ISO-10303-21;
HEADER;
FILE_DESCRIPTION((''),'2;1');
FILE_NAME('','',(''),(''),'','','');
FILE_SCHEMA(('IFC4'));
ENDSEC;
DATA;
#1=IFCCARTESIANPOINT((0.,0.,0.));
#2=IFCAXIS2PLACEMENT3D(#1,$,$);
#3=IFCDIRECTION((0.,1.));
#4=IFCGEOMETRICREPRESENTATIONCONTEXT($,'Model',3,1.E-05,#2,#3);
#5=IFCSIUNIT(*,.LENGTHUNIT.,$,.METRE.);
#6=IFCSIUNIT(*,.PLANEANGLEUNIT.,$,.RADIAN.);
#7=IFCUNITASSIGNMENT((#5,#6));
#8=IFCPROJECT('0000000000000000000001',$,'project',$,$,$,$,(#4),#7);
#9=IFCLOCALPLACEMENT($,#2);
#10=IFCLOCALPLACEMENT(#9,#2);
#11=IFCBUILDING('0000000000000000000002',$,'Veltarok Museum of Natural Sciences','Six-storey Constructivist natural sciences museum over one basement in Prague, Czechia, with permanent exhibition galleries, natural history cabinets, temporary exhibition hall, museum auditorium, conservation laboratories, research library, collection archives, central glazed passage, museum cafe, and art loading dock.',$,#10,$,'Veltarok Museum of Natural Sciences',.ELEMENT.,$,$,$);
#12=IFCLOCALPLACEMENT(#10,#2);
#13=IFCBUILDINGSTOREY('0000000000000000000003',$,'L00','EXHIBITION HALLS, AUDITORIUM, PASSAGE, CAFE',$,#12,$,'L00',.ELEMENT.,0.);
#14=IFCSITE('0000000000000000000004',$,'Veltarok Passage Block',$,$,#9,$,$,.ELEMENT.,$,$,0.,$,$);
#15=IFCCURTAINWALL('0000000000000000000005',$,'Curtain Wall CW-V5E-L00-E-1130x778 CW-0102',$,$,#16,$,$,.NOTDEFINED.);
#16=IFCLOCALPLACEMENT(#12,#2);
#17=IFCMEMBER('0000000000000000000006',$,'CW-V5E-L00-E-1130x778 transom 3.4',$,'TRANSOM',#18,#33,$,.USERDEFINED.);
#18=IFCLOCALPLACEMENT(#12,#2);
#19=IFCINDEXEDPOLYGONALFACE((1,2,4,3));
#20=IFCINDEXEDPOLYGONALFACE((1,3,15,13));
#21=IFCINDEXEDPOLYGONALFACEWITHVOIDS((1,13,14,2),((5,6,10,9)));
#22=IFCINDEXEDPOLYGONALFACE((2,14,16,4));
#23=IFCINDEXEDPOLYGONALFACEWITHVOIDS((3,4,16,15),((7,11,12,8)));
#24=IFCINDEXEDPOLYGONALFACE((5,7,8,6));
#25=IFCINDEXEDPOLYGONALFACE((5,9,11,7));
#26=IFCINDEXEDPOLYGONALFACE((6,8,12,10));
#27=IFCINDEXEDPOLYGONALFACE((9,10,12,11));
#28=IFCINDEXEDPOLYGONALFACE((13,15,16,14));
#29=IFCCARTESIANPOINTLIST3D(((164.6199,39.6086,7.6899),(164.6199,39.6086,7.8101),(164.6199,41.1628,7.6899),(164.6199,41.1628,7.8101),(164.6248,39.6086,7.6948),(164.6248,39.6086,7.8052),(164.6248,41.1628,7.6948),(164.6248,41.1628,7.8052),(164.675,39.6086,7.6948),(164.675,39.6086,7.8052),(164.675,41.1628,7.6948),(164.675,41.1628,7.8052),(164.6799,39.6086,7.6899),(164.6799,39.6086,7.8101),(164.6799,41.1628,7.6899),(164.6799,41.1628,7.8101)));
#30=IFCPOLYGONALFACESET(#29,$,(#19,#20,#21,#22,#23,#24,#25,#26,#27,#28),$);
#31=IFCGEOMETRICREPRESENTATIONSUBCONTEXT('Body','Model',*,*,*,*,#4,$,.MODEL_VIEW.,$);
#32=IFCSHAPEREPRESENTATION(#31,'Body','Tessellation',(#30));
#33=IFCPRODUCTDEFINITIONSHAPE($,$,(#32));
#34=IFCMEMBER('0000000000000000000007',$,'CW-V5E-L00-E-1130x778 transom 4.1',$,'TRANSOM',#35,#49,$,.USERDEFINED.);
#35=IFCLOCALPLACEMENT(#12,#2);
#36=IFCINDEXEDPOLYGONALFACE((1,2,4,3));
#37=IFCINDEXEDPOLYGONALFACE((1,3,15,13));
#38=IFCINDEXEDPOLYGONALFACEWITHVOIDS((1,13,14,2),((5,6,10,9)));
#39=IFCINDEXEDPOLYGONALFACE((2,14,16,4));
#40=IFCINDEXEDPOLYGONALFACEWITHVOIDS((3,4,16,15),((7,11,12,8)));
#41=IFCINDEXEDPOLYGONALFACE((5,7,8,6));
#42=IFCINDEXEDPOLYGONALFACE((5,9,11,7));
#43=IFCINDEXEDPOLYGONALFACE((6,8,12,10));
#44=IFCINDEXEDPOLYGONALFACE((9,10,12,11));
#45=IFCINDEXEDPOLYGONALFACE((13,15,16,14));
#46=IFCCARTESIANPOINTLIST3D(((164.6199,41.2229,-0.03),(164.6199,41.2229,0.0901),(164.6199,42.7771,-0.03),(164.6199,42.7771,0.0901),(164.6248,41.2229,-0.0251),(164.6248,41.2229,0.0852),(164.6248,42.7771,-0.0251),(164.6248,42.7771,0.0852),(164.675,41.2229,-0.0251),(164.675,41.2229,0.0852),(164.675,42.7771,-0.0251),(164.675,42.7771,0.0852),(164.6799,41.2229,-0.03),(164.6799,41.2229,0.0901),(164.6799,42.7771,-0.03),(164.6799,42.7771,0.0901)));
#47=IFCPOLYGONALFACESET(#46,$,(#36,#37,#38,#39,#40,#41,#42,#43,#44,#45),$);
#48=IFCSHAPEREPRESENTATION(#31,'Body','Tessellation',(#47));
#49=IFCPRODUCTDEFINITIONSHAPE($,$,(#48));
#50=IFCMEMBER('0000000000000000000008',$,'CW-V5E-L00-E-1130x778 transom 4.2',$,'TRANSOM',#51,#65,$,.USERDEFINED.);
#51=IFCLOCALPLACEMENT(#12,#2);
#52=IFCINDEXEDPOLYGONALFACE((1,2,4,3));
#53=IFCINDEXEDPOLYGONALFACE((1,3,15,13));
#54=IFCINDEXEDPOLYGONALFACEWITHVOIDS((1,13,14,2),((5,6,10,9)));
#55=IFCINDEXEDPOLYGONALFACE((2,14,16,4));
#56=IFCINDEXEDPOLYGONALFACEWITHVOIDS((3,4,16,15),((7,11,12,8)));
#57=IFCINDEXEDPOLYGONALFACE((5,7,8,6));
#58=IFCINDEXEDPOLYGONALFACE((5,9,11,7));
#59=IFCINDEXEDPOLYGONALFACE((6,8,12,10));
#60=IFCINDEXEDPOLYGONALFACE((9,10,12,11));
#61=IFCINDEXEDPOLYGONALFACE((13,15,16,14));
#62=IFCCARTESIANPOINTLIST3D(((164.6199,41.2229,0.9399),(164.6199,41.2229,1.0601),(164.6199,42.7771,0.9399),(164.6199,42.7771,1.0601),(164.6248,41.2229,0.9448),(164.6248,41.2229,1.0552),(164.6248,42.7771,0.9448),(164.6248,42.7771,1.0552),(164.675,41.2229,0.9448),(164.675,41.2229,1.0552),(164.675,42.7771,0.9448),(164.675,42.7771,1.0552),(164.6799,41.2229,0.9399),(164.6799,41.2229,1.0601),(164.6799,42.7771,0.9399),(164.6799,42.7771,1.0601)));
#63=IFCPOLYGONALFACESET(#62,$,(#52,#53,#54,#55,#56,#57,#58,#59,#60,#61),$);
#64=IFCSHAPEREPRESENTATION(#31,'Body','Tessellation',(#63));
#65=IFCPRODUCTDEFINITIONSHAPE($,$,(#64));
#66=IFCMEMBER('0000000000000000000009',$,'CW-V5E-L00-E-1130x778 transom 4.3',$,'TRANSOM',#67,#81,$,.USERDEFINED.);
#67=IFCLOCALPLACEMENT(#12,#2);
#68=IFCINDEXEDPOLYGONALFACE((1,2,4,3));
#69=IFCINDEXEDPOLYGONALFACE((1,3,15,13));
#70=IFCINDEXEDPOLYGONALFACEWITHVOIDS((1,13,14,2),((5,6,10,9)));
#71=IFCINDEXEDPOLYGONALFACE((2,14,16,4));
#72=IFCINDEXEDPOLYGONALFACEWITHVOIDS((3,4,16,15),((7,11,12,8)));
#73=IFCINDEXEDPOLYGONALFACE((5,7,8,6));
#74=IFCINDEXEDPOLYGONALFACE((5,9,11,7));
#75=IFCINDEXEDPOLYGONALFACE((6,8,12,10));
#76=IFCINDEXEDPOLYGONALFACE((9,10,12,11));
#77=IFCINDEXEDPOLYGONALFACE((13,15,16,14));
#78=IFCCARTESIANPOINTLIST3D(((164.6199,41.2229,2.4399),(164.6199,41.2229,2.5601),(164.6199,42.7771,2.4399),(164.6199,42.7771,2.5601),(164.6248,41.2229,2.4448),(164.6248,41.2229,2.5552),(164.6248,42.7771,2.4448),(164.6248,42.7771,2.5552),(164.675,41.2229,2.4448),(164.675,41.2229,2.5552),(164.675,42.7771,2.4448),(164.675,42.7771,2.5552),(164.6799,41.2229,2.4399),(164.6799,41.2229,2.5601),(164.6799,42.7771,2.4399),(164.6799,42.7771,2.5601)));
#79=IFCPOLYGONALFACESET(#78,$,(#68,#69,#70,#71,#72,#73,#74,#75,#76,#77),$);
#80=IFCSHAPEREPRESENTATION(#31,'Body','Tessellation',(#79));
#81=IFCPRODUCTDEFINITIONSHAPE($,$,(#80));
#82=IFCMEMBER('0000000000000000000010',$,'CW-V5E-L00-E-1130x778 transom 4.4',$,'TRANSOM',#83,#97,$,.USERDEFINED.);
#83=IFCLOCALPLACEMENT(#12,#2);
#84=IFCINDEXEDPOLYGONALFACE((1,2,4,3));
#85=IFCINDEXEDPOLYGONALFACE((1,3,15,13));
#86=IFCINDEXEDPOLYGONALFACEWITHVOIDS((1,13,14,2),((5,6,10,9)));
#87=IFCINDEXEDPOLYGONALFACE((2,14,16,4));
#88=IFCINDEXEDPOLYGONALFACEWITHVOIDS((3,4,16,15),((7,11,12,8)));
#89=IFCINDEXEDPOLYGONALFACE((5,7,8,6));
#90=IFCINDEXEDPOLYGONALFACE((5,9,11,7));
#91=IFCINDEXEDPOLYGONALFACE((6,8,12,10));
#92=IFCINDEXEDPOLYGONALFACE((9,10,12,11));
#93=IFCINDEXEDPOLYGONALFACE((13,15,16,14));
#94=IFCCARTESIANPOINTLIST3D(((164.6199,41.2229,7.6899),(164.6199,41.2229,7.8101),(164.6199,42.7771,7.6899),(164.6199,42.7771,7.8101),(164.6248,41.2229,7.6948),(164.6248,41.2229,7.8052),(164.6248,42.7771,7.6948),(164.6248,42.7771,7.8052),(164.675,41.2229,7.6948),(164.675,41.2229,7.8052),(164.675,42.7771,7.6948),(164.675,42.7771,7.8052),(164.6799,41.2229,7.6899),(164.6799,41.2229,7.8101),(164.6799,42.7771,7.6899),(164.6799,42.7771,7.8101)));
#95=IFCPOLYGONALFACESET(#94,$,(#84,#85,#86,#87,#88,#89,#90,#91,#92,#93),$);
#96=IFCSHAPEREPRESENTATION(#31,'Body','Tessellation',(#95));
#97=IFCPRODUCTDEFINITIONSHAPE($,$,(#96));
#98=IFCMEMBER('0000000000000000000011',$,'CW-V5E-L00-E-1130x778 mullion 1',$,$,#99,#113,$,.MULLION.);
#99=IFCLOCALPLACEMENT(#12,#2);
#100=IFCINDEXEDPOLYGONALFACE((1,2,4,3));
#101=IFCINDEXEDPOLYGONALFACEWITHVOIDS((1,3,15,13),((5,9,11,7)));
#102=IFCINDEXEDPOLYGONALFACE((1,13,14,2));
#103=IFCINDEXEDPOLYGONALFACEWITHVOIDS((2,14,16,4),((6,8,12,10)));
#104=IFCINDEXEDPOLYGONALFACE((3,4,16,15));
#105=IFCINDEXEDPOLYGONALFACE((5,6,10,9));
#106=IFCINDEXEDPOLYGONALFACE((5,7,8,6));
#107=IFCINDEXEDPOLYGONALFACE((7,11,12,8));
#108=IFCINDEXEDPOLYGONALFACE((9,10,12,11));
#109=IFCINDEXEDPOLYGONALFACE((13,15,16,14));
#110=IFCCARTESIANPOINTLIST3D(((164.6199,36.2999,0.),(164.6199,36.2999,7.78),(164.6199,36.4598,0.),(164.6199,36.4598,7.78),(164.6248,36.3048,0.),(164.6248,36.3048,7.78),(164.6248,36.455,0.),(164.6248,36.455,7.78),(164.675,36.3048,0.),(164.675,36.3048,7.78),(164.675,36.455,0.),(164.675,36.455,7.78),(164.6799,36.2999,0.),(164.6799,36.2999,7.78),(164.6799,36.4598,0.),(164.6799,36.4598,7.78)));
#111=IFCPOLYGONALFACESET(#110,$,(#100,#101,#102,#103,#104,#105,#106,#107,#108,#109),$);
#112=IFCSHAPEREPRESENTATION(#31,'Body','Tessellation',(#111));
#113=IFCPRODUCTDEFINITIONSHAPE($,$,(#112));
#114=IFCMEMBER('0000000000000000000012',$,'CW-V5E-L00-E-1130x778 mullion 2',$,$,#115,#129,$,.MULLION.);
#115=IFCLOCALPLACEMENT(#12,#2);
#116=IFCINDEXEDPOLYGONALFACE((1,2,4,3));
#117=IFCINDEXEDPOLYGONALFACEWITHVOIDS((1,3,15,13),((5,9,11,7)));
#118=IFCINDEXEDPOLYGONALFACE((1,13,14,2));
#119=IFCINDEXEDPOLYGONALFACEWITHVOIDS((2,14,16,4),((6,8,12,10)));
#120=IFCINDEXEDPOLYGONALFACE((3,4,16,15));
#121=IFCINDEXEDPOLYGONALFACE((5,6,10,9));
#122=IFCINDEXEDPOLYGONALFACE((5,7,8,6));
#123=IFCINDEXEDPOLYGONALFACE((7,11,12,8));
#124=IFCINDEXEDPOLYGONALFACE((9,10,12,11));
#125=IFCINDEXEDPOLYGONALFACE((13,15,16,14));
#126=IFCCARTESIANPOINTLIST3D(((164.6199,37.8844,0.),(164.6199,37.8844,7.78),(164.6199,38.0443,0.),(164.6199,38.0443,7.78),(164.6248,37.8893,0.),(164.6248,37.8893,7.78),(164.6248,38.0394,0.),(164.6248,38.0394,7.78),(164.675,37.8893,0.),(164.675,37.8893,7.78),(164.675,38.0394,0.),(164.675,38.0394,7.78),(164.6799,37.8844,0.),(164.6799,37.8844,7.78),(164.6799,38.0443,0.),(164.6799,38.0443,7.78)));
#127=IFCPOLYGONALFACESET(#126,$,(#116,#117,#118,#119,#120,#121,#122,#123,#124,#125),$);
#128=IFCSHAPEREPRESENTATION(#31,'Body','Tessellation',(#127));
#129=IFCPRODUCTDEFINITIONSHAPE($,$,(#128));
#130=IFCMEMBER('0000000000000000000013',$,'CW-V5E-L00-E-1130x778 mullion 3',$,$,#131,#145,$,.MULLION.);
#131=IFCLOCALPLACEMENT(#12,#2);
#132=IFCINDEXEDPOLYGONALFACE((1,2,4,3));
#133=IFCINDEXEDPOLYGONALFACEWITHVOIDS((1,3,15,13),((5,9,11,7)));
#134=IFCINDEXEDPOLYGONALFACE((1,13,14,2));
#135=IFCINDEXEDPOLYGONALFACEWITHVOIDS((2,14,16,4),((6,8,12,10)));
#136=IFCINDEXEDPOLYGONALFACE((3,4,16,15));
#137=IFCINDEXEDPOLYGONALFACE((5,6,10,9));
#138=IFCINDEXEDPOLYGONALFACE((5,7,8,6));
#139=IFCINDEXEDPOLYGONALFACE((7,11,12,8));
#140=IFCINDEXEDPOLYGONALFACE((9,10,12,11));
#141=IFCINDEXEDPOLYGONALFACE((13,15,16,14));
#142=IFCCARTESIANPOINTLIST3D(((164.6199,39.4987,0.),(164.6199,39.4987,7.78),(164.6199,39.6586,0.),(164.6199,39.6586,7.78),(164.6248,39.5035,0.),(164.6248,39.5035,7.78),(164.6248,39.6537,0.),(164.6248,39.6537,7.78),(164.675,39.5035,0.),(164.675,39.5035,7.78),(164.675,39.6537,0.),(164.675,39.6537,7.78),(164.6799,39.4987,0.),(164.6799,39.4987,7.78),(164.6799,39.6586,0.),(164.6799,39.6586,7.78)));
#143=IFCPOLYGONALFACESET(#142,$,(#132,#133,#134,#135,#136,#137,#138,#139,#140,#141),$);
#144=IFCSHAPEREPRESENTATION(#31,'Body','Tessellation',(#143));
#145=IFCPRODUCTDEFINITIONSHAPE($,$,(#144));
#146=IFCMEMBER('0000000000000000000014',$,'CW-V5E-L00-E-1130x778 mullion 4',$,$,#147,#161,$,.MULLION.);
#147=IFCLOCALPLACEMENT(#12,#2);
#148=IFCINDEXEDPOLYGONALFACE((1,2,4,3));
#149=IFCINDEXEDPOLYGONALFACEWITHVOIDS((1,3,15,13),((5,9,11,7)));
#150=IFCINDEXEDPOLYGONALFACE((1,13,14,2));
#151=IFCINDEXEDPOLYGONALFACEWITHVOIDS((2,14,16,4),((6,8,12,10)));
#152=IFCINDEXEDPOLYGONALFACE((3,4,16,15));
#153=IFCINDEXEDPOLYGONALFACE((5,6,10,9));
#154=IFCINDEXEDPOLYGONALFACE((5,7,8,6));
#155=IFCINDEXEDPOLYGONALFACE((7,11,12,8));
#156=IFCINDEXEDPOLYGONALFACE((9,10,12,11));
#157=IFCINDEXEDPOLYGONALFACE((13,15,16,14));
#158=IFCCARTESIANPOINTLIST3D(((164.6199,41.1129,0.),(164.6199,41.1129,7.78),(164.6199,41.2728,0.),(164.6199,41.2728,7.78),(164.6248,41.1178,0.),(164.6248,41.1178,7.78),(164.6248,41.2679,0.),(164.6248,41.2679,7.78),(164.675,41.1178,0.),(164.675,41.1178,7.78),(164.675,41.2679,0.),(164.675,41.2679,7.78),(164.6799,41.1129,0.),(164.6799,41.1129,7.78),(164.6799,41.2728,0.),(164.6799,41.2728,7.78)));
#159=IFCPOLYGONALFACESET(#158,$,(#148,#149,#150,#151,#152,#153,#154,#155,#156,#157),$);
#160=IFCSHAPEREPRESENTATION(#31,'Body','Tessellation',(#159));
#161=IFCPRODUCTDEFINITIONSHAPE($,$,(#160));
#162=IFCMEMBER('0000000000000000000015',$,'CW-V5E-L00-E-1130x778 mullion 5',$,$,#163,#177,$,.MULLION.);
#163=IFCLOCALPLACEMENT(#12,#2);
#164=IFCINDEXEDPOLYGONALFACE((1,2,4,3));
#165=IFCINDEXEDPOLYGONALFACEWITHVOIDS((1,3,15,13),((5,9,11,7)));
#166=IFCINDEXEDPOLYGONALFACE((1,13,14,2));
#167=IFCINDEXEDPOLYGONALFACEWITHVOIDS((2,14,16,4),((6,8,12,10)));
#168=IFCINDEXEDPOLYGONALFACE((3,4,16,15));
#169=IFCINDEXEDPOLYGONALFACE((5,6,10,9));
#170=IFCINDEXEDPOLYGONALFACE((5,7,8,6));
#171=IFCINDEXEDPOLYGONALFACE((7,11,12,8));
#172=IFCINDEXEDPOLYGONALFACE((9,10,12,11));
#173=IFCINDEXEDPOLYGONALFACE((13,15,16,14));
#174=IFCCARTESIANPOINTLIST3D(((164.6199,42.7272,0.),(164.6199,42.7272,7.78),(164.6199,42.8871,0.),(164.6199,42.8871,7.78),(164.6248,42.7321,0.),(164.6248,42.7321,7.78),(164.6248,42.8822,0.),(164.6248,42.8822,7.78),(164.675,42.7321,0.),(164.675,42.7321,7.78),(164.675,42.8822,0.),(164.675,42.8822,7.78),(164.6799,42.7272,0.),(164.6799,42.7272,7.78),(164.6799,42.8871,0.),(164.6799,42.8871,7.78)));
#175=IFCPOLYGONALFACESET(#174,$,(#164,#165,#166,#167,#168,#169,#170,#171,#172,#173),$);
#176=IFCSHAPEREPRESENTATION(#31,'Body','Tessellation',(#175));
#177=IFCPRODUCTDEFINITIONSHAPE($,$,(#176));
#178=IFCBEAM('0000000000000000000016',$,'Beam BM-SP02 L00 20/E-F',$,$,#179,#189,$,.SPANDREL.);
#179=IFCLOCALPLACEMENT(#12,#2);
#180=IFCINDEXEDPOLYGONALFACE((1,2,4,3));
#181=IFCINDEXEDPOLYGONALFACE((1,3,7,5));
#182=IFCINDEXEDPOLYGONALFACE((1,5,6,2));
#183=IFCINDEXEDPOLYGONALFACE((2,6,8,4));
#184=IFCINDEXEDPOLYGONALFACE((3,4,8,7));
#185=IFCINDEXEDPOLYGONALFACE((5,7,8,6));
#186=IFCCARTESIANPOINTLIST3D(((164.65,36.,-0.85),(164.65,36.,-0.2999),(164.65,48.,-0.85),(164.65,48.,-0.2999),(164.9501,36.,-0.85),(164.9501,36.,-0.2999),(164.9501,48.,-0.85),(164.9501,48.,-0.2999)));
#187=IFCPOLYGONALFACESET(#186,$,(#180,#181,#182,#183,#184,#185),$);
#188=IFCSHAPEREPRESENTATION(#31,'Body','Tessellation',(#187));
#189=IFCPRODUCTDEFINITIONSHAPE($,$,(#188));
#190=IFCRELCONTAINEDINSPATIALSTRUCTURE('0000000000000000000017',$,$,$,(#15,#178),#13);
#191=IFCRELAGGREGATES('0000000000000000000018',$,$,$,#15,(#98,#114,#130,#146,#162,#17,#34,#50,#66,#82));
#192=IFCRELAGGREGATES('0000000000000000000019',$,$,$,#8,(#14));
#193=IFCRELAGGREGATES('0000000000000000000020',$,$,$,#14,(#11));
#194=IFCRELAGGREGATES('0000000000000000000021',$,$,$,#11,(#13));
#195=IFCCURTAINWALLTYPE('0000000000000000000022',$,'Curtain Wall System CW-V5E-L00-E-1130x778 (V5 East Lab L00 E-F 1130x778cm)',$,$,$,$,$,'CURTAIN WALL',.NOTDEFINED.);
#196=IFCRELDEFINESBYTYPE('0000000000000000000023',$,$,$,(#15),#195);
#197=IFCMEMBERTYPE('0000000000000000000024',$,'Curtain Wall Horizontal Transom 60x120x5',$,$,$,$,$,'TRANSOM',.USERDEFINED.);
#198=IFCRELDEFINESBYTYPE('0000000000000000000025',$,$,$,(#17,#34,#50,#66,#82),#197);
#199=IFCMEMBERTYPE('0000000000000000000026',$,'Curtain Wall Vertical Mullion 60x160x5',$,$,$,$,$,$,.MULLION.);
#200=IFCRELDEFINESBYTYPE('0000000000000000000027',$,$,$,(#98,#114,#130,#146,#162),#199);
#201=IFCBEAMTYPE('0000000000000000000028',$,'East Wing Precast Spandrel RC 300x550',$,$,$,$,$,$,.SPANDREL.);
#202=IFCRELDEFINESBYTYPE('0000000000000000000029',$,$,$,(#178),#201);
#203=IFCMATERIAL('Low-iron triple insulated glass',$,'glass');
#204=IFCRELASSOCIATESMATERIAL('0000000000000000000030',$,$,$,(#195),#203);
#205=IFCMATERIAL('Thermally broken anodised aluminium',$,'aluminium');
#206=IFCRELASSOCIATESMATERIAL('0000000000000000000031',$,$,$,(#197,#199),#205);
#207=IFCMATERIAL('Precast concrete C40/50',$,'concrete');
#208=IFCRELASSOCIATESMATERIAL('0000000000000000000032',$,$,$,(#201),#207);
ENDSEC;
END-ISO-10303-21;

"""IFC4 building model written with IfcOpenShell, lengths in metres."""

from ifc_helpers import new_model, si_unit, direction, frame, origin, origin_2d, place, context, subcontext, project, spatial, rectangle, hollow_rectangle, extrude, material, material_profile, profile_set, type_object, element, aggregate, save


model = new_model("IFC4")

# Units and contexts
model_context = context("Model", 3, precision=1e-05, world=origin(), true_north=direction((0.0, 1.0)))
body_context = subcontext(model_context, "Body", "Model", "MODEL_VIEW")
ifc_project = project(units=[si_unit("LENGTHUNIT", "METRE"), si_unit("PLANEANGLEUNIT", "RADIAN")], contexts=[model_context])

# Site, building, storey
site_placement = place(None, origin())
site = spatial("IfcSite", under=ifc_project, at=site_placement, Name="Veltarok Passage Block", CompositionType="ELEMENT", RefElevation=0.0)
building_placement = place(site_placement, origin())
building = spatial("IfcBuilding", under=site, at=building_placement, Name="Veltarok Museum of Natural Sciences", Description="Six-storey Constructivist natural sciences museum over one basement in Prague, Czechia, with permanent exhibition galleries, natural history cabinets, temporary exhibition hall, museum auditorium, conservation laboratories, research library, collection archives, central glazed passage, museum cafe, and art loading dock.", LongName="Veltarok Museum of Natural Sciences", CompositionType="ELEMENT")
storey_placement = place(building_placement, origin())
storey = spatial("IfcBuildingStorey", under=building, at=storey_placement, Name="L00", Description="EXHIBITION HALLS, AUDITORIUM, PASSAGE, CAFE", LongName="L00", CompositionType="ELEMENT", Elevation=0.0)

# Curtain wall, members
ifc_material_1 = material(Name="Low-iron triple insulated glass", Category="glass")
curtain_wall_type = type_object("IfcCurtainWallType", Name="Curtain Wall System CW-V5E-L00-E-1130x778 (V5 East Lab L00 E-F 1130x778cm)", ElementType="CURTAIN WALL", PredefinedType="NOTDEFINED", material=ifc_material_1)
curtain_wall_placement = place(storey_placement, origin())
curtain_wall = element("IfcCurtainWall", 1, at=curtain_wall_placement, inside=storey, type_object=curtain_wall_type, Name="Curtain Wall CW-V5E-L00-E-1130x778 CW-0102", PredefinedType="NOTDEFINED")
ifc_material_2 = material(Name="Thermally broken anodised aluminium", Category="aluminium")
ifc_material_profile_1 = material_profile(ifc_material_2, hollow_rectangle(XDim=0.0601, YDim=0.1201, WallThickness=0.0049, at=origin_2d()), Name="CW TRANSOM 60x120x5")
ifc_profile_set_1 = profile_set([ifc_material_profile_1], Name="Thermally broken anodised aluminium")
member_type_1 = type_object("IfcMemberType", Name="Curtain Wall Horizontal Transom 60x120x5", ElementType="TRANSOM", PredefinedType="USERDEFINED", material=ifc_profile_set_1)
member_1_placement = place(storey_placement, frame((164.6499, 39.6086, 7.75), z_axis=(0.0, 1.0, 0.0), x_axis=(-1.0, 0.0, 0.0)))
member_1 = element("IfcMember", 2, at=member_1_placement, type_object=member_type_1, Name="CW-V5E-L00-E-1130x778 transom 3.4", ObjectType="TRANSOM", PredefinedType="USERDEFINED", context=body_context, shape_type="SweptSolid", body=[
    extrude(hollow_rectangle(XDim=0.0601, YDim=0.1201, WallThickness=0.0049, at=origin_2d()), origin(), (0.0, 0.0, 1.0), 1.5542),
])
member_2_placement = place(storey_placement, frame((164.6499, 41.2229, 0.03), z_axis=(0.0, 1.0, 0.0), x_axis=(-1.0, 0.0, 0.0)))
member_2 = element("IfcMember", 3, at=member_2_placement, type_object=member_type_1, Name="CW-V5E-L00-E-1130x778 transom 4.1", ObjectType="TRANSOM", PredefinedType="USERDEFINED", context=body_context, shape_type="SweptSolid", body=[
    extrude(hollow_rectangle(XDim=0.0601, YDim=0.1201, WallThickness=0.0049, at=origin_2d()), origin(), (0.0, 0.0, 1.0), 1.5542),
])
member_3_placement = place(storey_placement, frame((164.6499, 41.2229, 1.0), z_axis=(0.0, 1.0, 0.0), x_axis=(-1.0, 0.0, 0.0)))
member_3 = element("IfcMember", 4, at=member_3_placement, type_object=member_type_1, Name="CW-V5E-L00-E-1130x778 transom 4.2", ObjectType="TRANSOM", PredefinedType="USERDEFINED", context=body_context, shape_type="SweptSolid", body=[
    extrude(hollow_rectangle(XDim=0.0601, YDim=0.1201, WallThickness=0.0049, at=origin_2d()), origin(), (0.0, 0.0, 1.0), 1.5542),
])
member_4_placement = place(storey_placement, frame((164.6499, 41.2229, 2.5), z_axis=(0.0, 1.0, 0.0), x_axis=(-1.0, 0.0, 0.0)))
member_4 = element("IfcMember", 5, at=member_4_placement, type_object=member_type_1, Name="CW-V5E-L00-E-1130x778 transom 4.3", ObjectType="TRANSOM", PredefinedType="USERDEFINED", context=body_context, shape_type="SweptSolid", body=[
    extrude(hollow_rectangle(XDim=0.0601, YDim=0.1201, WallThickness=0.0049, at=origin_2d()), origin(), (0.0, 0.0, 1.0), 1.5542),
])
member_5_placement = place(storey_placement, frame((164.6499, 41.2229, 7.75), z_axis=(0.0, 1.0, 0.0), x_axis=(-1.0, 0.0, 0.0)))
member_5 = element("IfcMember", 6, at=member_5_placement, type_object=member_type_1, Name="CW-V5E-L00-E-1130x778 transom 4.4", ObjectType="TRANSOM", PredefinedType="USERDEFINED", context=body_context, shape_type="SweptSolid", body=[
    extrude(hollow_rectangle(XDim=0.0601, YDim=0.1201, WallThickness=0.0049, at=origin_2d()), origin(), (0.0, 0.0, 1.0), 1.5542),
])
ifc_material_profile_2 = material_profile(ifc_material_2, hollow_rectangle(XDim=0.0601, YDim=0.1599, WallThickness=0.0049, at=origin_2d()), Name="CW MULLION 60x160x5")
ifc_profile_set_2 = profile_set([ifc_material_profile_2], Name="Thermally broken anodised aluminium")
member_type_2 = type_object("IfcMemberType", Name="Curtain Wall Vertical Mullion 60x160x5", PredefinedType="MULLION", material=ifc_profile_set_2)
member_6_placement = place(storey_placement, frame((164.6499, 36.3799, 0.0), z_axis=(0.0, 0.0, 1.0), x_axis=(-1.0, 0.0, 0.0)))
member_6 = element("IfcMember", 7, at=member_6_placement, type_object=member_type_2, Name="CW-V5E-L00-E-1130x778 mullion 1", PredefinedType="MULLION", context=body_context, shape_type="SweptSolid", body=[
    extrude(hollow_rectangle(XDim=0.0601, YDim=0.1599, WallThickness=0.0049, at=origin_2d()), origin(), (0.0, 0.0, 1.0), 7.78),
])
member_7_placement = place(storey_placement, frame((164.6499, 37.9644, 0.0), z_axis=(0.0, 0.0, 1.0), x_axis=(-1.0, 0.0, 0.0)))
member_7 = element("IfcMember", 8, at=member_7_placement, type_object=member_type_2, Name="CW-V5E-L00-E-1130x778 mullion 2", PredefinedType="MULLION", context=body_context, shape_type="SweptSolid", body=[
    extrude(hollow_rectangle(XDim=0.0601, YDim=0.1599, WallThickness=0.0049, at=origin_2d()), origin(), (0.0, 0.0, 1.0), 7.78),
])
member_8_placement = place(storey_placement, frame((164.6499, 39.5786, 0.0), z_axis=(0.0, 0.0, 1.0), x_axis=(-1.0, 0.0, 0.0)))
member_8 = element("IfcMember", 9, at=member_8_placement, type_object=member_type_2, Name="CW-V5E-L00-E-1130x778 mullion 3", PredefinedType="MULLION", context=body_context, shape_type="SweptSolid", body=[
    extrude(hollow_rectangle(XDim=0.0601, YDim=0.1599, WallThickness=0.0049, at=origin_2d()), origin(), (0.0, 0.0, 1.0), 7.78),
])
member_9_placement = place(storey_placement, frame((164.6499, 41.1929, 0.0), z_axis=(0.0, 0.0, 1.0), x_axis=(-1.0, 0.0, 0.0)))
member_9 = element("IfcMember", 10, at=member_9_placement, type_object=member_type_2, Name="CW-V5E-L00-E-1130x778 mullion 4", PredefinedType="MULLION", context=body_context, shape_type="SweptSolid", body=[
    extrude(hollow_rectangle(XDim=0.0601, YDim=0.1599, WallThickness=0.0049, at=origin_2d()), origin(), (0.0, 0.0, 1.0), 7.78),
])
member_10_placement = place(storey_placement, frame((164.6499, 42.8071, 0.0), z_axis=(0.0, 0.0, 1.0), x_axis=(-1.0, 0.0, 0.0)))
member_10 = element("IfcMember", 11, at=member_10_placement, type_object=member_type_2, Name="CW-V5E-L00-E-1130x778 mullion 5", PredefinedType="MULLION", context=body_context, shape_type="SweptSolid", body=[
    extrude(hollow_rectangle(XDim=0.0601, YDim=0.1599, WallThickness=0.0049, at=origin_2d()), origin(), (0.0, 0.0, 1.0), 7.78),
])

# Beam
ifc_material_3 = material(Name="Precast concrete C40/50", Category="concrete")
ifc_material_profile_3 = material_profile(ifc_material_3, rectangle(XDim=0.3, YDim=0.55, at=origin_2d()), Name="RC 300x550")
ifc_profile_set_3 = profile_set([ifc_material_profile_3], Name="Precast concrete C40/50")
beam_type = type_object("IfcBeamType", Name="East Wing Precast Spandrel RC 300x550", PredefinedType="SPANDREL", material=ifc_profile_set_3)
beam_placement = place(storey_placement, frame((164.8, 36.0, -0.575), z_axis=(0.0, 1.0, 0.0), x_axis=(-1.0, 0.0, 0.0)))
element("IfcBeam", 12, at=beam_placement, inside=storey, type_object=beam_type, Name="Beam BM-SP02 L00 20/E-F", PredefinedType="SPANDREL", context=body_context, shape_type="SweptSolid", body=[
    extrude(rectangle(XDim=0.3, YDim=0.55, at=origin_2d()), origin(), (0.0, 0.0, 1.0), 12.0),
])

aggregate(curtain_wall, [member_6, member_7, member_8, member_9, member_10, member_1, member_2, member_3, member_4, member_5])

save(model, "model.ifc")
